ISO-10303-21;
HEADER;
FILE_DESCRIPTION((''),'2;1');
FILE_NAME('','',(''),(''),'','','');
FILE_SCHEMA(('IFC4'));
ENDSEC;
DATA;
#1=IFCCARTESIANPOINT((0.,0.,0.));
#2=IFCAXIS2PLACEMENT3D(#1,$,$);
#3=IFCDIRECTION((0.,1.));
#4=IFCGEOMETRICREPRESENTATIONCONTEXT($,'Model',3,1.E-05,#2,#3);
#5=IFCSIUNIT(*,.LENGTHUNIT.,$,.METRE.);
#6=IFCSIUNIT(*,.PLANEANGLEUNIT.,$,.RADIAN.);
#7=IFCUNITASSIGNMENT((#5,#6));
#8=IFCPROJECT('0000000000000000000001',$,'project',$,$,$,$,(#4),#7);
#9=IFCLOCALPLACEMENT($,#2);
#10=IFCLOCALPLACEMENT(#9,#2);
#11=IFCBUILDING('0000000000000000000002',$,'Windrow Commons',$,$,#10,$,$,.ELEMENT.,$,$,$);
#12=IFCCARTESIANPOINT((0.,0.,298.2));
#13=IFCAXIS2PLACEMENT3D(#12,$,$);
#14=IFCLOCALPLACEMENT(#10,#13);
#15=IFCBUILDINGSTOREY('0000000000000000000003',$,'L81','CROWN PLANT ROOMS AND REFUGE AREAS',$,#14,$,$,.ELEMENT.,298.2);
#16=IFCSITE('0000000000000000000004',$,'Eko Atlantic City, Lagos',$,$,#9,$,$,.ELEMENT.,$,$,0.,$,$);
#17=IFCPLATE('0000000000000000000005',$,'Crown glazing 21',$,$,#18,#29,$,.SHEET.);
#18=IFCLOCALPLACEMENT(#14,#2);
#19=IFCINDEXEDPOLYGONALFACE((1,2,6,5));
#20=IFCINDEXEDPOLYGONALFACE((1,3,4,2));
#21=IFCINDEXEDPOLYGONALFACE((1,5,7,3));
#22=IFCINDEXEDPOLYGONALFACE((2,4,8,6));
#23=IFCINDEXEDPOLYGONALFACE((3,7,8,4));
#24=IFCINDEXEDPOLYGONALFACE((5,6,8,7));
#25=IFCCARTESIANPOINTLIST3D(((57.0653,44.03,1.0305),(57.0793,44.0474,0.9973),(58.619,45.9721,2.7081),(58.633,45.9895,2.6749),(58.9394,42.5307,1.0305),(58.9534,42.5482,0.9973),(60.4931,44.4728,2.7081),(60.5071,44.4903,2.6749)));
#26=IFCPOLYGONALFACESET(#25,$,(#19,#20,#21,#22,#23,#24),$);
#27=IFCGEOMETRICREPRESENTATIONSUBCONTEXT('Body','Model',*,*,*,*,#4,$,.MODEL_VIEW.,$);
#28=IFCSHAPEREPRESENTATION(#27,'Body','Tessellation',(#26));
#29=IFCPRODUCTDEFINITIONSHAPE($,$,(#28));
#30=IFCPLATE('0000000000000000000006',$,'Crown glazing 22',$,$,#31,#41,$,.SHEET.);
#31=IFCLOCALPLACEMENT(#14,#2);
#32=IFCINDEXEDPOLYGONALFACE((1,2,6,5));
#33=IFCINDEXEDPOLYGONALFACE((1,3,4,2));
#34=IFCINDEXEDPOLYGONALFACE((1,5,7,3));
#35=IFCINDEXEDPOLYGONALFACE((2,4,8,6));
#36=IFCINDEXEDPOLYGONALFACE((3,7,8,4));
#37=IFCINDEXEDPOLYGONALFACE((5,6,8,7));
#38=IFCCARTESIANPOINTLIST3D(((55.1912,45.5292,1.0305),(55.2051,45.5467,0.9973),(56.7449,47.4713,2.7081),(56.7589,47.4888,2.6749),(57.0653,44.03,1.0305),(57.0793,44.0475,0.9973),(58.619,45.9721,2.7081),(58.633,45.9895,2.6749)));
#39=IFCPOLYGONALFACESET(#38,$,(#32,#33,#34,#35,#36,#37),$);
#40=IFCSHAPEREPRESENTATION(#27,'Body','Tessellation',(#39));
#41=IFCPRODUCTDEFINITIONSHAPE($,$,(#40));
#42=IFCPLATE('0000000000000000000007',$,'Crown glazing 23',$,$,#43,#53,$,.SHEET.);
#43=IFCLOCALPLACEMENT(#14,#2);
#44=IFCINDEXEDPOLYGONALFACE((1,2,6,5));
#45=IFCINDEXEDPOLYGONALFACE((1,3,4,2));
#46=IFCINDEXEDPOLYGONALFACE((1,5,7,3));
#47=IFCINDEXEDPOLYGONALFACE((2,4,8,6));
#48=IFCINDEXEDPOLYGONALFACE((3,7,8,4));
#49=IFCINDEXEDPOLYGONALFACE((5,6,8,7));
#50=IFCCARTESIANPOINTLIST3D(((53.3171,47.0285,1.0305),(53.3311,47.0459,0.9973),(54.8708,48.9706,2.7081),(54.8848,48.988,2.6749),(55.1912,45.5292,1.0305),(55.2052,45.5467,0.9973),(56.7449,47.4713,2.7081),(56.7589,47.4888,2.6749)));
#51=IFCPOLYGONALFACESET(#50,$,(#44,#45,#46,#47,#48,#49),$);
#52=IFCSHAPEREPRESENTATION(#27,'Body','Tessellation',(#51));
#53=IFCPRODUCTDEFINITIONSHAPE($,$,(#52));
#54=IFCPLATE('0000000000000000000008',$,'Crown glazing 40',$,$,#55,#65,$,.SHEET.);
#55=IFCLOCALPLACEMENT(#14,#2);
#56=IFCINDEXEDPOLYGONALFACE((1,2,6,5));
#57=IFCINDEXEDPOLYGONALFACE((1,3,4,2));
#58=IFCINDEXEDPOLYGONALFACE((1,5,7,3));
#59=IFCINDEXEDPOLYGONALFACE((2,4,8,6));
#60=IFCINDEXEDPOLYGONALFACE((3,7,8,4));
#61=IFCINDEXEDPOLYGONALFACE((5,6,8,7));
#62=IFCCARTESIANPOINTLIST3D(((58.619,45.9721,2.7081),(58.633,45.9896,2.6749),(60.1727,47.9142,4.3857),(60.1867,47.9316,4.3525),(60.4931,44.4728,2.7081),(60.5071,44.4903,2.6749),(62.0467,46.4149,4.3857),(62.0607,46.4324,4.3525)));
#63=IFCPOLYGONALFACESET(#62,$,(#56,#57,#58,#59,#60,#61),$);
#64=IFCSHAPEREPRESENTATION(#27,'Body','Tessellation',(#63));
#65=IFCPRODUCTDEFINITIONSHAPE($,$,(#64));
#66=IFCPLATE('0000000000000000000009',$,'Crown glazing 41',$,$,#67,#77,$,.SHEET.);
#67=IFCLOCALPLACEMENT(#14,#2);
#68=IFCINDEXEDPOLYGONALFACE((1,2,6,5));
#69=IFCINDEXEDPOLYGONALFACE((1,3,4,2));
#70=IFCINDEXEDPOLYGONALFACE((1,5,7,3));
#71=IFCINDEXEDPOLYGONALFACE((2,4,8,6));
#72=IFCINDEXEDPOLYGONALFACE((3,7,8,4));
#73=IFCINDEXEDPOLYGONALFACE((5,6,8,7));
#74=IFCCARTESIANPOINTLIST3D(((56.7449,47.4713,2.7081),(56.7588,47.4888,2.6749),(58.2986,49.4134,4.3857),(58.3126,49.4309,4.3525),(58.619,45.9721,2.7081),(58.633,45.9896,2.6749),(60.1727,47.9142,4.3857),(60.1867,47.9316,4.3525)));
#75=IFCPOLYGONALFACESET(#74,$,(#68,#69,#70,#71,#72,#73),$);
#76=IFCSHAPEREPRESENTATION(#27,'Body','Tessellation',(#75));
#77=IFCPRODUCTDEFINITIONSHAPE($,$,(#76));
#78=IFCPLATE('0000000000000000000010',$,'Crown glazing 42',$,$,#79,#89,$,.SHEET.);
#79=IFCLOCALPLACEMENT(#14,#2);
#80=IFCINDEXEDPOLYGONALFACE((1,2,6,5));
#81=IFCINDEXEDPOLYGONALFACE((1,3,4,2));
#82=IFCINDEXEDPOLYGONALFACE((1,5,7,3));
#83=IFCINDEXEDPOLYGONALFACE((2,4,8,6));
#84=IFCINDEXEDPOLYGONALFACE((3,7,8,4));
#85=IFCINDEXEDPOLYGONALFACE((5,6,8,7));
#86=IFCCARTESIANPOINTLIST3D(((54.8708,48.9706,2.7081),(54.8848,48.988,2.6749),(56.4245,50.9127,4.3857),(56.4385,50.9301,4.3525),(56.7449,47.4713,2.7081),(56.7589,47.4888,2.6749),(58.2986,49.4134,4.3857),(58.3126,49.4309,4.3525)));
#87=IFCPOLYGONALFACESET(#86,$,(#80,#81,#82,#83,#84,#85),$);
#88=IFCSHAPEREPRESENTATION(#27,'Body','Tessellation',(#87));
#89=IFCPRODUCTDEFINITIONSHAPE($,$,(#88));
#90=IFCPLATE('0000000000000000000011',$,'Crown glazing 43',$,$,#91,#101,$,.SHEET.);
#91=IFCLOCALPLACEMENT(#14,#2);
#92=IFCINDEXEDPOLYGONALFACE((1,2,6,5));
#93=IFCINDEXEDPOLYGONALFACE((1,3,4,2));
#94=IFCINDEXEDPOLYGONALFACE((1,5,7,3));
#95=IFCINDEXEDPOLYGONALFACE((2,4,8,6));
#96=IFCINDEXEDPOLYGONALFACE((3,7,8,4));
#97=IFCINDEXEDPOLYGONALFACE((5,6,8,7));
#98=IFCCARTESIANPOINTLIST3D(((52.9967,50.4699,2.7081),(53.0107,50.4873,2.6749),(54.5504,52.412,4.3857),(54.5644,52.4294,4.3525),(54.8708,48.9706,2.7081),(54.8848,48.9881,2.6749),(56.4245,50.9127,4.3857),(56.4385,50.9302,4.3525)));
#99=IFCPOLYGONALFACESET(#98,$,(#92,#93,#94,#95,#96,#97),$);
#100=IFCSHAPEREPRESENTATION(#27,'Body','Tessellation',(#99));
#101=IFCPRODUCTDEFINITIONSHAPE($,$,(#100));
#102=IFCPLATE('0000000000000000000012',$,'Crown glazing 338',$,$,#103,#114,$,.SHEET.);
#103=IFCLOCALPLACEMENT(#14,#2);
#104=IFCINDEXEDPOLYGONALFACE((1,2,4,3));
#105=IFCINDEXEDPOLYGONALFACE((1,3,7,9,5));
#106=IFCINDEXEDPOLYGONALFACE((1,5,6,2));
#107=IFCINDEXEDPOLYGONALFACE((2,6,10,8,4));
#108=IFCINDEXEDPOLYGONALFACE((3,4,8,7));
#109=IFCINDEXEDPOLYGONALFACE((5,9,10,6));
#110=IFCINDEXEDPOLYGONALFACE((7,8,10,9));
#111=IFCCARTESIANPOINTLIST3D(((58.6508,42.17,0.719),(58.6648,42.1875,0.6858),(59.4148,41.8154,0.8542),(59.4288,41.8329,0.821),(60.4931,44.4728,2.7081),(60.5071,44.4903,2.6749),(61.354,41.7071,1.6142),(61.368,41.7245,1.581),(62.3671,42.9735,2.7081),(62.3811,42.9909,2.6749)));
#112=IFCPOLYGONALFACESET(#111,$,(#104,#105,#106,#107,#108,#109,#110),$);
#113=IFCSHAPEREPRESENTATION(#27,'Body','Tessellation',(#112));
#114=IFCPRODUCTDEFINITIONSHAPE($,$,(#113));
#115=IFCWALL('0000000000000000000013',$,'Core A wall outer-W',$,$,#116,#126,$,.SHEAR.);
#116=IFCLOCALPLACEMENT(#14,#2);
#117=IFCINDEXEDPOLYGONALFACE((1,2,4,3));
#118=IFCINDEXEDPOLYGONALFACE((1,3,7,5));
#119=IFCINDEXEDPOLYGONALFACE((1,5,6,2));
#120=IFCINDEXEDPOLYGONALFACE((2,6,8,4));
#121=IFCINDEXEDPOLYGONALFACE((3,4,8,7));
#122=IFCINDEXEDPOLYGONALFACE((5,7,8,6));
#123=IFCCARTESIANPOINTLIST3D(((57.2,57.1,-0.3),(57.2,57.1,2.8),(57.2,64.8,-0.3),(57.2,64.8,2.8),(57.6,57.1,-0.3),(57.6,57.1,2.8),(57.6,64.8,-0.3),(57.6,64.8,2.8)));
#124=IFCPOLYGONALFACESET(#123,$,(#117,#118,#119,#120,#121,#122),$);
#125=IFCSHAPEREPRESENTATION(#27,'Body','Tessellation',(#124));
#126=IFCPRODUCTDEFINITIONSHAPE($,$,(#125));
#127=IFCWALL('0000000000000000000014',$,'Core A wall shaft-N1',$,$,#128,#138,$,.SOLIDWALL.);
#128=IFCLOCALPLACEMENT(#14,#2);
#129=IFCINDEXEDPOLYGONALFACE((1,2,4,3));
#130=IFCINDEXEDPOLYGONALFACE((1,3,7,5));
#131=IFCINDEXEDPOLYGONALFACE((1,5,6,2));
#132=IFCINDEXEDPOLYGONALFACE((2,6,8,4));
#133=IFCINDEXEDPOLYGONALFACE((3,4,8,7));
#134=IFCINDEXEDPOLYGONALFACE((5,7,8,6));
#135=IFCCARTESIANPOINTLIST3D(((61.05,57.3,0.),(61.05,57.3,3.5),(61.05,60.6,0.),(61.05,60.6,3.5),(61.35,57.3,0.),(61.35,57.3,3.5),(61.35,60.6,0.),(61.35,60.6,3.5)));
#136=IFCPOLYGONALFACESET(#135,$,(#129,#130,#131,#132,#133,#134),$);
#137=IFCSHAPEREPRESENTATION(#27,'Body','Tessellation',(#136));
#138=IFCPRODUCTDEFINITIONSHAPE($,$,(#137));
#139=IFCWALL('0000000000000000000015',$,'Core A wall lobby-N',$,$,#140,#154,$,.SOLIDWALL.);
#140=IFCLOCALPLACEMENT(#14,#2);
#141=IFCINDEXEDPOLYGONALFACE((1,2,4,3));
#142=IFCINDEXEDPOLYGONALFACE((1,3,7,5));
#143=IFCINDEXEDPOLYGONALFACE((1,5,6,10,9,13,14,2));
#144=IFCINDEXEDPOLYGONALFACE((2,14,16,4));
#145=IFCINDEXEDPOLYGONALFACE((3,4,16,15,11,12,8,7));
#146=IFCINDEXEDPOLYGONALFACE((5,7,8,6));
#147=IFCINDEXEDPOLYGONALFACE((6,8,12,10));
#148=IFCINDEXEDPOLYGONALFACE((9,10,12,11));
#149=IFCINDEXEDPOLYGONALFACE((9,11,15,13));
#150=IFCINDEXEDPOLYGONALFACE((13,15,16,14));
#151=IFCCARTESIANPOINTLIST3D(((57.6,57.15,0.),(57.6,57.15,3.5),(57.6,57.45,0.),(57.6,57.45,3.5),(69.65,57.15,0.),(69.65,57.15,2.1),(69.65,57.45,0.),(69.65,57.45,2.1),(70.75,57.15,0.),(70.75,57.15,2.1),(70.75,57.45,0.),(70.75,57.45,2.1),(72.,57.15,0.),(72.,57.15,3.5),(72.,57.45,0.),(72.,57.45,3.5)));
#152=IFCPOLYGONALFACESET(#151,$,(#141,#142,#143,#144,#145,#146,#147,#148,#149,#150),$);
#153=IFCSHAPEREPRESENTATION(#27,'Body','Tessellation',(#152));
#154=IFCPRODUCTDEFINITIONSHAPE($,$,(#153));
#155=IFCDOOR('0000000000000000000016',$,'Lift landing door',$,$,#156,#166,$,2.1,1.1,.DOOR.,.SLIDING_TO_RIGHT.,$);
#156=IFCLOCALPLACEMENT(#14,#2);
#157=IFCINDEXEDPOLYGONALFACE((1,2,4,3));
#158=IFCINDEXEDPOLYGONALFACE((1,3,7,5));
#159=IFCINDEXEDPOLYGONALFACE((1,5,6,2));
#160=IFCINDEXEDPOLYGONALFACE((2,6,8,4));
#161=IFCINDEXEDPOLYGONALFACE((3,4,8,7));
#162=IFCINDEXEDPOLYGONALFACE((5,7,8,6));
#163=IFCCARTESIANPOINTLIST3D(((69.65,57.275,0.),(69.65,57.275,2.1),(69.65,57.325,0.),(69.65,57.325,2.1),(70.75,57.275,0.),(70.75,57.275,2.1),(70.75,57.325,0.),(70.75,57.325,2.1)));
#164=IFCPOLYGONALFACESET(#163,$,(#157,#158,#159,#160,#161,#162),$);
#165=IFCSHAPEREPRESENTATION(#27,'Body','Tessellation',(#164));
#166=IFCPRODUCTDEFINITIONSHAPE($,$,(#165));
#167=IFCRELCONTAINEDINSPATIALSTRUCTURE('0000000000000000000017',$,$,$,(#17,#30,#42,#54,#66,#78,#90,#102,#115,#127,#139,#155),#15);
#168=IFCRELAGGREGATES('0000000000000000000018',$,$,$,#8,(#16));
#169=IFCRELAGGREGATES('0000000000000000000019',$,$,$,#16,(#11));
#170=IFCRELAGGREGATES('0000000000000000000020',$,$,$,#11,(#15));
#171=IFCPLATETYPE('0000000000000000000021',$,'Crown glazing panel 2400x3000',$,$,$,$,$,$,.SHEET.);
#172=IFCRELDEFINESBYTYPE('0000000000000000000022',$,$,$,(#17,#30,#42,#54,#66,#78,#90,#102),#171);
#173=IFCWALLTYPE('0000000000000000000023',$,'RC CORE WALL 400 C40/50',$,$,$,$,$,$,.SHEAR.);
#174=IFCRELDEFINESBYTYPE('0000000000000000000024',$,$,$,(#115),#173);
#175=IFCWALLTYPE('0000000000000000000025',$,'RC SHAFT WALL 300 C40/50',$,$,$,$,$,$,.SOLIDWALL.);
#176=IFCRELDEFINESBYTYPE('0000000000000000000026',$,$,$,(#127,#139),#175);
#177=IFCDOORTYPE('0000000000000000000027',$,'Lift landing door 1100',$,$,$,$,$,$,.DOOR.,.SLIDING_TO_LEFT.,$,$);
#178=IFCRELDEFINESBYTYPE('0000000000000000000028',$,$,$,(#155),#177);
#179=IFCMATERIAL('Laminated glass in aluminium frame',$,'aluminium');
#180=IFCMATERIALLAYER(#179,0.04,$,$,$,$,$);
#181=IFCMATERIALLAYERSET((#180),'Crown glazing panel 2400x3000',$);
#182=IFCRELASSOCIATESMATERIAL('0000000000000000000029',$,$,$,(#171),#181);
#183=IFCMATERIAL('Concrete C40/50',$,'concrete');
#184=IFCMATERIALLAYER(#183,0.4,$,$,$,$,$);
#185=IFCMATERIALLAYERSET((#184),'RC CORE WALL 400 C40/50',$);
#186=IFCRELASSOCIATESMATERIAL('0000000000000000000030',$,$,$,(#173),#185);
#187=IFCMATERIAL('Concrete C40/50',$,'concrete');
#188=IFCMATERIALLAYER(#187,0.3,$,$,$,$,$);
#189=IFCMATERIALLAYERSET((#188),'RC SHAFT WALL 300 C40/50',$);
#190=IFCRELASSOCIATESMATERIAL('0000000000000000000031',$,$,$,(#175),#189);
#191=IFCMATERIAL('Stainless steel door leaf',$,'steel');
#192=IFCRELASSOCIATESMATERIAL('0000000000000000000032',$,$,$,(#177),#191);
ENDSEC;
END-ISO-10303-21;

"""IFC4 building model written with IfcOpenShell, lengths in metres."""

from ifc_helpers import new_model, si_unit, direction, frame, frame_2d, origin, place, context, subcontext, project, spatial, polyline, rectangle, outline, extrude, material, layer, layer_set, type_object, element, fill, save


model = new_model("IFC4")

# Units and contexts
model_context = context("Model", 3, precision=1e-05, world=origin(), true_north=direction((0.0, 1.0)))
body_context = subcontext(model_context, "Body", "Model", "MODEL_VIEW")
ifc_project = project(units=[si_unit("LENGTHUNIT", "METRE"), si_unit("PLANEANGLEUNIT", "RADIAN")], contexts=[model_context])

# Site, building, storey
site_placement = place(None, origin())
site = spatial("IfcSite", under=ifc_project, at=site_placement, Name="Eko Atlantic City, Lagos", CompositionType="ELEMENT", RefElevation=0.0)
building_placement = place(site_placement, origin())
building = spatial("IfcBuilding", under=site, at=building_placement, Name="Windrow Commons", CompositionType="ELEMENT")
storey_placement = place(building_placement, frame((0.0, 0.0, 298.2)))
storey = spatial("IfcBuildingStorey", under=building, at=storey_placement, Name="L81", Description="CROWN PLANT ROOMS AND REFUGE AREAS", CompositionType="ELEMENT", Elevation=298.2)

# Plates
ifc_material_1 = material(Name="Laminated glass in aluminium frame", Category="aluminium")
ifc_layer_1 = layer(ifc_material_1, 0.04)
ifc_layer_set_1 = layer_set([ifc_layer_1], Name="Crown glazing panel 2400x3000")
plate_type = type_object("IfcPlateType", Name="Crown glazing panel 2400x3000", PredefinedType="SHEET", material=ifc_layer_set_1)
plate_1_placement = place(storey_placement, frame((58.9394, 42.5307, 1.0305), z_axis=(-0.349331, -0.436658, 0.829034), x_axis=(-0.780865, 0.6247, 0.0)))
element("IfcPlate", 1, at=plate_1_placement, inside=storey, type_object=plate_type, Name="Crown glazing 21", PredefinedType="SHEET", context=body_context, shape_type="SweptSolid", body=[
    extrude(outline(polyline([(0.0, 0.0), (2.4, 0.0), (2.4, -3.0), (0.0, -3.0), (0.0, 0.0)])), origin(), (0.0, 0.0, -1.0), 0.04),
])
plate_2_placement = place(storey_placement, frame((57.0653, 44.03, 1.0305), z_axis=(-0.349317, -0.436669, 0.829034), x_axis=(-0.780885, 0.624675, 0.0)))
element("IfcPlate", 2, at=plate_2_placement, inside=storey, type_object=plate_type, Name="Crown glazing 22", PredefinedType="SHEET", context=body_context, shape_type="SweptSolid", body=[
    extrude(outline(polyline([(0.0, 0.0), (2.4, 0.0), (2.3999, -3.0), (-0.0001, -3.0), (0.0, 0.0)])), origin(), (0.0, 0.0, -1.0), 0.04),
])
plate_3_placement = place(storey_placement, frame((55.1912, 45.5292, 1.0305), z_axis=(-0.349331, -0.436658, 0.829034), x_axis=(-0.780865, 0.6247, 0.0)))
element("IfcPlate", 3, at=plate_3_placement, inside=storey, type_object=plate_type, Name="Crown glazing 23", PredefinedType="SHEET", context=body_context, shape_type="SweptSolid", body=[
    extrude(outline(polyline([(0.0, 0.0), (2.4, 0.0), (2.4, -3.0), (0.0, -3.0), (0.0, 0.0)])), origin(), (0.0, 0.0, -1.0), 0.04),
])
plate_4_placement = place(storey_placement, frame((60.4931, 44.4728, 2.7081), z_axis=(-0.349339, -0.436657, 0.829031), x_axis=(-0.780862, 0.624703, -0.000006)))
element("IfcPlate", 4, at=plate_4_placement, inside=storey, type_object=plate_type, Name="Crown glazing 40", PredefinedType="SHEET", context=body_context, shape_type="SweptSolid", body=[
    extrude(outline(polyline([(0.0, 0.0), (2.4, 0.0), (2.4, -3.0), (0.0001, -3.0), (0.0, 0.0)])), origin(), (0.0, 0.0, -1.0), 0.04),
])
plate_5_placement = place(storey_placement, frame((58.619, 45.9721, 2.7081), z_axis=(-0.349317, -0.436669, 0.829034), x_axis=(-0.780885, 0.624675, 0.0)))
element("IfcPlate", 5, at=plate_5_placement, inside=storey, type_object=plate_type, Name="Crown glazing 41", PredefinedType="SHEET", context=body_context, shape_type="SweptSolid", body=[
    extrude(outline(polyline([(0.0, 0.0), (2.4, 0.0), (2.3999, -3.0), (-0.0001, -3.0), (0.0, 0.0)])), origin(), (0.0, 0.0, -1.0), 0.04),
])
for number, where, z_axis, x_axis, name in (
    (6, (56.7449, 47.4713, 2.7081), (-0.349331, -0.436658, 0.829034), (-0.780865, 0.6247, 0.0), "Crown glazing 42"),
    (7, (54.8708, 48.9706, 2.7081), (-0.349331, -0.436658, 0.829034), (-0.780865, 0.6247, 0.0), "Crown glazing 43"),
):
    element("IfcPlate", number, at=place(storey_placement, frame(where, z_axis=z_axis, x_axis=x_axis)), inside=storey, type_object=plate_type, Name=name, PredefinedType="SHEET", context=body_context, shape_type="SweptSolid", body=[
        extrude(outline(polyline([(0.0, 0.0), (2.4, 0.0), (2.4, -3.0), (0.0, -3.0), (0.0, 0.0)])), origin(), (0.0, 0.0, -1.0), 0.04),
    ])
plate_6_placement = place(storey_placement, frame((58.6508, 42.17, 0.719), z_axis=(-0.349327, -0.436637, 0.829047), x_axis=(0.517912, 0.647369, 0.559179)))
element("IfcPlate", 8, at=plate_6_placement, inside=storey, type_object=plate_type, Name="Crown glazing 338", PredefinedType="SHEET", context=body_context, shape_type="SweptSolid", body=[
    extrude(outline(polyline([(0.0, 0.0), (3.5572, 0.0), (3.5571, -2.4), (1.6009, -2.4), (0.2417, -0.8181), (0.0, 0.0)])), origin(), (0.0, 0.0, -1.0), 0.04),
])

# Walls
ifc_material_2 = material(Name="Concrete C40/50", Category="concrete")
ifc_layer_2 = layer(ifc_material_2, 0.4)
ifc_layer_set_2 = layer_set([ifc_layer_2], Name="RC CORE WALL 400 C40/50")
wall_type_1 = type_object("IfcWallType", Name="RC CORE WALL 400 C40/50", PredefinedType="SHEAR", material=ifc_layer_set_2)
wall_1_placement = place(storey_placement, frame((57.4, 57.1, -0.3), z_axis=(0.0, 0.0, 1.0), x_axis=(0.0, 1.0, 0.0)))
element("IfcWall", 9, at=wall_1_placement, inside=storey, type_object=wall_type_1, Name="Core A wall outer-W", PredefinedType="SHEAR", context=body_context, shape_type="SweptSolid", body=[
    extrude(outline(polyline([(0.0, 0.0), (7.7, 0.0), (7.7, 3.1), (0.0, 3.1), (0.0, 0.0)])), frame((0.0, 0.2, 0.0), z_axis=(0.0, -1.0, 0.0), x_axis=(1.0, 0.0, 0.0)), (0.0, 0.0, 1.0), 0.4),
])
ifc_material_3 = material(Name="Concrete C40/50", Category="concrete")
ifc_layer_3 = layer(ifc_material_3, 0.3)
ifc_layer_set_3 = layer_set([ifc_layer_3], Name="RC SHAFT WALL 300 C40/50")
wall_type_2 = type_object("IfcWallType", Name="RC SHAFT WALL 300 C40/50", PredefinedType="SOLIDWALL", material=ifc_layer_set_3)
wall_2_placement = place(storey_placement, frame((61.2, 57.3, 0.0), z_axis=(0.0, 0.0, 1.0), x_axis=(0.0, 1.0, 0.0)))
element("IfcWall", 10, at=wall_2_placement, inside=storey, type_object=wall_type_2, Name="Core A wall shaft-N1", PredefinedType="SOLIDWALL", context=body_context, shape_type="SweptSolid", body=[
    extrude(outline(polyline([(0.0, 0.0), (3.3, 0.0), (3.3, 3.5), (0.0, 3.5), (0.0, 0.0)])), frame((0.0, 0.15, 0.0), z_axis=(0.0, -1.0, 0.0), x_axis=(1.0, 0.0, 0.0)), (0.0, 0.0, 1.0), 0.3),
])

# Wall, opening, door
wall_3_placement = place(storey_placement, frame((57.6, 57.3, 0.0), z_axis=(0.0, 0.0, 1.0), x_axis=(1.0, 0.0, 0.0)))
wall_3 = element("IfcWall", 11, at=wall_3_placement, inside=storey, type_object=wall_type_2, Name="Core A wall lobby-N", PredefinedType="SOLIDWALL", context=body_context, shape_type="SweptSolid", body=[
    extrude(outline(polyline([(0.0, 0.0), (14.4, 0.0), (14.4, 3.5), (0.0, 3.5), (0.0, 0.0)])), frame((0.0, 0.15, 0.0), z_axis=(0.0, -1.0, 0.0), x_axis=(1.0, 0.0, 0.0)), (0.0, 0.0, 1.0), 0.3),
])
opening_1_placement = place(wall_3_placement, frame((12.05, 0.0, 0.0)))
opening_1 = element("IfcOpeningElement", 12, at=opening_1_placement, cuts=wall_3, PredefinedType="OPENING", context=body_context, shape_type="SweptSolid", body=[
    extrude(rectangle(XDim=1.1, YDim=2.1, at=frame_2d((0.55, 1.05))), frame((0.0, 0.16, 0.0), z_axis=(0.0, -1.0, 0.0), x_axis=(1.0, 0.0, 0.0)), (0.0, 0.0, 1.0), 0.32),
])
ifc_material_4 = material(Name="Stainless steel door leaf", Category="steel")
door_type = type_object("IfcDoorType", Name="Lift landing door 1100", OperationType="SLIDING_TO_LEFT", PredefinedType="DOOR", material=ifc_material_4)
door_placement = place(opening_1_placement, origin())
door = element("IfcDoor", 13, at=door_placement, inside=storey, type_object=door_type, Name="Lift landing door", OperationType="SLIDING_TO_RIGHT", OverallHeight=2.1, OverallWidth=1.1, PredefinedType="DOOR", context=body_context, shape_type="SweptSolid", body=[
    extrude(rectangle(XDim=1.1, YDim=2.1, at=frame_2d((0.55, 1.05))), frame((0.0, 0.025, 0.0), z_axis=(0.0, -1.0, 0.0), x_axis=(1.0, 0.0, 0.0)), (0.0, 0.0, 1.0), 0.05),
])
fill(opening_1, door)

save(model, "model.ifc")
